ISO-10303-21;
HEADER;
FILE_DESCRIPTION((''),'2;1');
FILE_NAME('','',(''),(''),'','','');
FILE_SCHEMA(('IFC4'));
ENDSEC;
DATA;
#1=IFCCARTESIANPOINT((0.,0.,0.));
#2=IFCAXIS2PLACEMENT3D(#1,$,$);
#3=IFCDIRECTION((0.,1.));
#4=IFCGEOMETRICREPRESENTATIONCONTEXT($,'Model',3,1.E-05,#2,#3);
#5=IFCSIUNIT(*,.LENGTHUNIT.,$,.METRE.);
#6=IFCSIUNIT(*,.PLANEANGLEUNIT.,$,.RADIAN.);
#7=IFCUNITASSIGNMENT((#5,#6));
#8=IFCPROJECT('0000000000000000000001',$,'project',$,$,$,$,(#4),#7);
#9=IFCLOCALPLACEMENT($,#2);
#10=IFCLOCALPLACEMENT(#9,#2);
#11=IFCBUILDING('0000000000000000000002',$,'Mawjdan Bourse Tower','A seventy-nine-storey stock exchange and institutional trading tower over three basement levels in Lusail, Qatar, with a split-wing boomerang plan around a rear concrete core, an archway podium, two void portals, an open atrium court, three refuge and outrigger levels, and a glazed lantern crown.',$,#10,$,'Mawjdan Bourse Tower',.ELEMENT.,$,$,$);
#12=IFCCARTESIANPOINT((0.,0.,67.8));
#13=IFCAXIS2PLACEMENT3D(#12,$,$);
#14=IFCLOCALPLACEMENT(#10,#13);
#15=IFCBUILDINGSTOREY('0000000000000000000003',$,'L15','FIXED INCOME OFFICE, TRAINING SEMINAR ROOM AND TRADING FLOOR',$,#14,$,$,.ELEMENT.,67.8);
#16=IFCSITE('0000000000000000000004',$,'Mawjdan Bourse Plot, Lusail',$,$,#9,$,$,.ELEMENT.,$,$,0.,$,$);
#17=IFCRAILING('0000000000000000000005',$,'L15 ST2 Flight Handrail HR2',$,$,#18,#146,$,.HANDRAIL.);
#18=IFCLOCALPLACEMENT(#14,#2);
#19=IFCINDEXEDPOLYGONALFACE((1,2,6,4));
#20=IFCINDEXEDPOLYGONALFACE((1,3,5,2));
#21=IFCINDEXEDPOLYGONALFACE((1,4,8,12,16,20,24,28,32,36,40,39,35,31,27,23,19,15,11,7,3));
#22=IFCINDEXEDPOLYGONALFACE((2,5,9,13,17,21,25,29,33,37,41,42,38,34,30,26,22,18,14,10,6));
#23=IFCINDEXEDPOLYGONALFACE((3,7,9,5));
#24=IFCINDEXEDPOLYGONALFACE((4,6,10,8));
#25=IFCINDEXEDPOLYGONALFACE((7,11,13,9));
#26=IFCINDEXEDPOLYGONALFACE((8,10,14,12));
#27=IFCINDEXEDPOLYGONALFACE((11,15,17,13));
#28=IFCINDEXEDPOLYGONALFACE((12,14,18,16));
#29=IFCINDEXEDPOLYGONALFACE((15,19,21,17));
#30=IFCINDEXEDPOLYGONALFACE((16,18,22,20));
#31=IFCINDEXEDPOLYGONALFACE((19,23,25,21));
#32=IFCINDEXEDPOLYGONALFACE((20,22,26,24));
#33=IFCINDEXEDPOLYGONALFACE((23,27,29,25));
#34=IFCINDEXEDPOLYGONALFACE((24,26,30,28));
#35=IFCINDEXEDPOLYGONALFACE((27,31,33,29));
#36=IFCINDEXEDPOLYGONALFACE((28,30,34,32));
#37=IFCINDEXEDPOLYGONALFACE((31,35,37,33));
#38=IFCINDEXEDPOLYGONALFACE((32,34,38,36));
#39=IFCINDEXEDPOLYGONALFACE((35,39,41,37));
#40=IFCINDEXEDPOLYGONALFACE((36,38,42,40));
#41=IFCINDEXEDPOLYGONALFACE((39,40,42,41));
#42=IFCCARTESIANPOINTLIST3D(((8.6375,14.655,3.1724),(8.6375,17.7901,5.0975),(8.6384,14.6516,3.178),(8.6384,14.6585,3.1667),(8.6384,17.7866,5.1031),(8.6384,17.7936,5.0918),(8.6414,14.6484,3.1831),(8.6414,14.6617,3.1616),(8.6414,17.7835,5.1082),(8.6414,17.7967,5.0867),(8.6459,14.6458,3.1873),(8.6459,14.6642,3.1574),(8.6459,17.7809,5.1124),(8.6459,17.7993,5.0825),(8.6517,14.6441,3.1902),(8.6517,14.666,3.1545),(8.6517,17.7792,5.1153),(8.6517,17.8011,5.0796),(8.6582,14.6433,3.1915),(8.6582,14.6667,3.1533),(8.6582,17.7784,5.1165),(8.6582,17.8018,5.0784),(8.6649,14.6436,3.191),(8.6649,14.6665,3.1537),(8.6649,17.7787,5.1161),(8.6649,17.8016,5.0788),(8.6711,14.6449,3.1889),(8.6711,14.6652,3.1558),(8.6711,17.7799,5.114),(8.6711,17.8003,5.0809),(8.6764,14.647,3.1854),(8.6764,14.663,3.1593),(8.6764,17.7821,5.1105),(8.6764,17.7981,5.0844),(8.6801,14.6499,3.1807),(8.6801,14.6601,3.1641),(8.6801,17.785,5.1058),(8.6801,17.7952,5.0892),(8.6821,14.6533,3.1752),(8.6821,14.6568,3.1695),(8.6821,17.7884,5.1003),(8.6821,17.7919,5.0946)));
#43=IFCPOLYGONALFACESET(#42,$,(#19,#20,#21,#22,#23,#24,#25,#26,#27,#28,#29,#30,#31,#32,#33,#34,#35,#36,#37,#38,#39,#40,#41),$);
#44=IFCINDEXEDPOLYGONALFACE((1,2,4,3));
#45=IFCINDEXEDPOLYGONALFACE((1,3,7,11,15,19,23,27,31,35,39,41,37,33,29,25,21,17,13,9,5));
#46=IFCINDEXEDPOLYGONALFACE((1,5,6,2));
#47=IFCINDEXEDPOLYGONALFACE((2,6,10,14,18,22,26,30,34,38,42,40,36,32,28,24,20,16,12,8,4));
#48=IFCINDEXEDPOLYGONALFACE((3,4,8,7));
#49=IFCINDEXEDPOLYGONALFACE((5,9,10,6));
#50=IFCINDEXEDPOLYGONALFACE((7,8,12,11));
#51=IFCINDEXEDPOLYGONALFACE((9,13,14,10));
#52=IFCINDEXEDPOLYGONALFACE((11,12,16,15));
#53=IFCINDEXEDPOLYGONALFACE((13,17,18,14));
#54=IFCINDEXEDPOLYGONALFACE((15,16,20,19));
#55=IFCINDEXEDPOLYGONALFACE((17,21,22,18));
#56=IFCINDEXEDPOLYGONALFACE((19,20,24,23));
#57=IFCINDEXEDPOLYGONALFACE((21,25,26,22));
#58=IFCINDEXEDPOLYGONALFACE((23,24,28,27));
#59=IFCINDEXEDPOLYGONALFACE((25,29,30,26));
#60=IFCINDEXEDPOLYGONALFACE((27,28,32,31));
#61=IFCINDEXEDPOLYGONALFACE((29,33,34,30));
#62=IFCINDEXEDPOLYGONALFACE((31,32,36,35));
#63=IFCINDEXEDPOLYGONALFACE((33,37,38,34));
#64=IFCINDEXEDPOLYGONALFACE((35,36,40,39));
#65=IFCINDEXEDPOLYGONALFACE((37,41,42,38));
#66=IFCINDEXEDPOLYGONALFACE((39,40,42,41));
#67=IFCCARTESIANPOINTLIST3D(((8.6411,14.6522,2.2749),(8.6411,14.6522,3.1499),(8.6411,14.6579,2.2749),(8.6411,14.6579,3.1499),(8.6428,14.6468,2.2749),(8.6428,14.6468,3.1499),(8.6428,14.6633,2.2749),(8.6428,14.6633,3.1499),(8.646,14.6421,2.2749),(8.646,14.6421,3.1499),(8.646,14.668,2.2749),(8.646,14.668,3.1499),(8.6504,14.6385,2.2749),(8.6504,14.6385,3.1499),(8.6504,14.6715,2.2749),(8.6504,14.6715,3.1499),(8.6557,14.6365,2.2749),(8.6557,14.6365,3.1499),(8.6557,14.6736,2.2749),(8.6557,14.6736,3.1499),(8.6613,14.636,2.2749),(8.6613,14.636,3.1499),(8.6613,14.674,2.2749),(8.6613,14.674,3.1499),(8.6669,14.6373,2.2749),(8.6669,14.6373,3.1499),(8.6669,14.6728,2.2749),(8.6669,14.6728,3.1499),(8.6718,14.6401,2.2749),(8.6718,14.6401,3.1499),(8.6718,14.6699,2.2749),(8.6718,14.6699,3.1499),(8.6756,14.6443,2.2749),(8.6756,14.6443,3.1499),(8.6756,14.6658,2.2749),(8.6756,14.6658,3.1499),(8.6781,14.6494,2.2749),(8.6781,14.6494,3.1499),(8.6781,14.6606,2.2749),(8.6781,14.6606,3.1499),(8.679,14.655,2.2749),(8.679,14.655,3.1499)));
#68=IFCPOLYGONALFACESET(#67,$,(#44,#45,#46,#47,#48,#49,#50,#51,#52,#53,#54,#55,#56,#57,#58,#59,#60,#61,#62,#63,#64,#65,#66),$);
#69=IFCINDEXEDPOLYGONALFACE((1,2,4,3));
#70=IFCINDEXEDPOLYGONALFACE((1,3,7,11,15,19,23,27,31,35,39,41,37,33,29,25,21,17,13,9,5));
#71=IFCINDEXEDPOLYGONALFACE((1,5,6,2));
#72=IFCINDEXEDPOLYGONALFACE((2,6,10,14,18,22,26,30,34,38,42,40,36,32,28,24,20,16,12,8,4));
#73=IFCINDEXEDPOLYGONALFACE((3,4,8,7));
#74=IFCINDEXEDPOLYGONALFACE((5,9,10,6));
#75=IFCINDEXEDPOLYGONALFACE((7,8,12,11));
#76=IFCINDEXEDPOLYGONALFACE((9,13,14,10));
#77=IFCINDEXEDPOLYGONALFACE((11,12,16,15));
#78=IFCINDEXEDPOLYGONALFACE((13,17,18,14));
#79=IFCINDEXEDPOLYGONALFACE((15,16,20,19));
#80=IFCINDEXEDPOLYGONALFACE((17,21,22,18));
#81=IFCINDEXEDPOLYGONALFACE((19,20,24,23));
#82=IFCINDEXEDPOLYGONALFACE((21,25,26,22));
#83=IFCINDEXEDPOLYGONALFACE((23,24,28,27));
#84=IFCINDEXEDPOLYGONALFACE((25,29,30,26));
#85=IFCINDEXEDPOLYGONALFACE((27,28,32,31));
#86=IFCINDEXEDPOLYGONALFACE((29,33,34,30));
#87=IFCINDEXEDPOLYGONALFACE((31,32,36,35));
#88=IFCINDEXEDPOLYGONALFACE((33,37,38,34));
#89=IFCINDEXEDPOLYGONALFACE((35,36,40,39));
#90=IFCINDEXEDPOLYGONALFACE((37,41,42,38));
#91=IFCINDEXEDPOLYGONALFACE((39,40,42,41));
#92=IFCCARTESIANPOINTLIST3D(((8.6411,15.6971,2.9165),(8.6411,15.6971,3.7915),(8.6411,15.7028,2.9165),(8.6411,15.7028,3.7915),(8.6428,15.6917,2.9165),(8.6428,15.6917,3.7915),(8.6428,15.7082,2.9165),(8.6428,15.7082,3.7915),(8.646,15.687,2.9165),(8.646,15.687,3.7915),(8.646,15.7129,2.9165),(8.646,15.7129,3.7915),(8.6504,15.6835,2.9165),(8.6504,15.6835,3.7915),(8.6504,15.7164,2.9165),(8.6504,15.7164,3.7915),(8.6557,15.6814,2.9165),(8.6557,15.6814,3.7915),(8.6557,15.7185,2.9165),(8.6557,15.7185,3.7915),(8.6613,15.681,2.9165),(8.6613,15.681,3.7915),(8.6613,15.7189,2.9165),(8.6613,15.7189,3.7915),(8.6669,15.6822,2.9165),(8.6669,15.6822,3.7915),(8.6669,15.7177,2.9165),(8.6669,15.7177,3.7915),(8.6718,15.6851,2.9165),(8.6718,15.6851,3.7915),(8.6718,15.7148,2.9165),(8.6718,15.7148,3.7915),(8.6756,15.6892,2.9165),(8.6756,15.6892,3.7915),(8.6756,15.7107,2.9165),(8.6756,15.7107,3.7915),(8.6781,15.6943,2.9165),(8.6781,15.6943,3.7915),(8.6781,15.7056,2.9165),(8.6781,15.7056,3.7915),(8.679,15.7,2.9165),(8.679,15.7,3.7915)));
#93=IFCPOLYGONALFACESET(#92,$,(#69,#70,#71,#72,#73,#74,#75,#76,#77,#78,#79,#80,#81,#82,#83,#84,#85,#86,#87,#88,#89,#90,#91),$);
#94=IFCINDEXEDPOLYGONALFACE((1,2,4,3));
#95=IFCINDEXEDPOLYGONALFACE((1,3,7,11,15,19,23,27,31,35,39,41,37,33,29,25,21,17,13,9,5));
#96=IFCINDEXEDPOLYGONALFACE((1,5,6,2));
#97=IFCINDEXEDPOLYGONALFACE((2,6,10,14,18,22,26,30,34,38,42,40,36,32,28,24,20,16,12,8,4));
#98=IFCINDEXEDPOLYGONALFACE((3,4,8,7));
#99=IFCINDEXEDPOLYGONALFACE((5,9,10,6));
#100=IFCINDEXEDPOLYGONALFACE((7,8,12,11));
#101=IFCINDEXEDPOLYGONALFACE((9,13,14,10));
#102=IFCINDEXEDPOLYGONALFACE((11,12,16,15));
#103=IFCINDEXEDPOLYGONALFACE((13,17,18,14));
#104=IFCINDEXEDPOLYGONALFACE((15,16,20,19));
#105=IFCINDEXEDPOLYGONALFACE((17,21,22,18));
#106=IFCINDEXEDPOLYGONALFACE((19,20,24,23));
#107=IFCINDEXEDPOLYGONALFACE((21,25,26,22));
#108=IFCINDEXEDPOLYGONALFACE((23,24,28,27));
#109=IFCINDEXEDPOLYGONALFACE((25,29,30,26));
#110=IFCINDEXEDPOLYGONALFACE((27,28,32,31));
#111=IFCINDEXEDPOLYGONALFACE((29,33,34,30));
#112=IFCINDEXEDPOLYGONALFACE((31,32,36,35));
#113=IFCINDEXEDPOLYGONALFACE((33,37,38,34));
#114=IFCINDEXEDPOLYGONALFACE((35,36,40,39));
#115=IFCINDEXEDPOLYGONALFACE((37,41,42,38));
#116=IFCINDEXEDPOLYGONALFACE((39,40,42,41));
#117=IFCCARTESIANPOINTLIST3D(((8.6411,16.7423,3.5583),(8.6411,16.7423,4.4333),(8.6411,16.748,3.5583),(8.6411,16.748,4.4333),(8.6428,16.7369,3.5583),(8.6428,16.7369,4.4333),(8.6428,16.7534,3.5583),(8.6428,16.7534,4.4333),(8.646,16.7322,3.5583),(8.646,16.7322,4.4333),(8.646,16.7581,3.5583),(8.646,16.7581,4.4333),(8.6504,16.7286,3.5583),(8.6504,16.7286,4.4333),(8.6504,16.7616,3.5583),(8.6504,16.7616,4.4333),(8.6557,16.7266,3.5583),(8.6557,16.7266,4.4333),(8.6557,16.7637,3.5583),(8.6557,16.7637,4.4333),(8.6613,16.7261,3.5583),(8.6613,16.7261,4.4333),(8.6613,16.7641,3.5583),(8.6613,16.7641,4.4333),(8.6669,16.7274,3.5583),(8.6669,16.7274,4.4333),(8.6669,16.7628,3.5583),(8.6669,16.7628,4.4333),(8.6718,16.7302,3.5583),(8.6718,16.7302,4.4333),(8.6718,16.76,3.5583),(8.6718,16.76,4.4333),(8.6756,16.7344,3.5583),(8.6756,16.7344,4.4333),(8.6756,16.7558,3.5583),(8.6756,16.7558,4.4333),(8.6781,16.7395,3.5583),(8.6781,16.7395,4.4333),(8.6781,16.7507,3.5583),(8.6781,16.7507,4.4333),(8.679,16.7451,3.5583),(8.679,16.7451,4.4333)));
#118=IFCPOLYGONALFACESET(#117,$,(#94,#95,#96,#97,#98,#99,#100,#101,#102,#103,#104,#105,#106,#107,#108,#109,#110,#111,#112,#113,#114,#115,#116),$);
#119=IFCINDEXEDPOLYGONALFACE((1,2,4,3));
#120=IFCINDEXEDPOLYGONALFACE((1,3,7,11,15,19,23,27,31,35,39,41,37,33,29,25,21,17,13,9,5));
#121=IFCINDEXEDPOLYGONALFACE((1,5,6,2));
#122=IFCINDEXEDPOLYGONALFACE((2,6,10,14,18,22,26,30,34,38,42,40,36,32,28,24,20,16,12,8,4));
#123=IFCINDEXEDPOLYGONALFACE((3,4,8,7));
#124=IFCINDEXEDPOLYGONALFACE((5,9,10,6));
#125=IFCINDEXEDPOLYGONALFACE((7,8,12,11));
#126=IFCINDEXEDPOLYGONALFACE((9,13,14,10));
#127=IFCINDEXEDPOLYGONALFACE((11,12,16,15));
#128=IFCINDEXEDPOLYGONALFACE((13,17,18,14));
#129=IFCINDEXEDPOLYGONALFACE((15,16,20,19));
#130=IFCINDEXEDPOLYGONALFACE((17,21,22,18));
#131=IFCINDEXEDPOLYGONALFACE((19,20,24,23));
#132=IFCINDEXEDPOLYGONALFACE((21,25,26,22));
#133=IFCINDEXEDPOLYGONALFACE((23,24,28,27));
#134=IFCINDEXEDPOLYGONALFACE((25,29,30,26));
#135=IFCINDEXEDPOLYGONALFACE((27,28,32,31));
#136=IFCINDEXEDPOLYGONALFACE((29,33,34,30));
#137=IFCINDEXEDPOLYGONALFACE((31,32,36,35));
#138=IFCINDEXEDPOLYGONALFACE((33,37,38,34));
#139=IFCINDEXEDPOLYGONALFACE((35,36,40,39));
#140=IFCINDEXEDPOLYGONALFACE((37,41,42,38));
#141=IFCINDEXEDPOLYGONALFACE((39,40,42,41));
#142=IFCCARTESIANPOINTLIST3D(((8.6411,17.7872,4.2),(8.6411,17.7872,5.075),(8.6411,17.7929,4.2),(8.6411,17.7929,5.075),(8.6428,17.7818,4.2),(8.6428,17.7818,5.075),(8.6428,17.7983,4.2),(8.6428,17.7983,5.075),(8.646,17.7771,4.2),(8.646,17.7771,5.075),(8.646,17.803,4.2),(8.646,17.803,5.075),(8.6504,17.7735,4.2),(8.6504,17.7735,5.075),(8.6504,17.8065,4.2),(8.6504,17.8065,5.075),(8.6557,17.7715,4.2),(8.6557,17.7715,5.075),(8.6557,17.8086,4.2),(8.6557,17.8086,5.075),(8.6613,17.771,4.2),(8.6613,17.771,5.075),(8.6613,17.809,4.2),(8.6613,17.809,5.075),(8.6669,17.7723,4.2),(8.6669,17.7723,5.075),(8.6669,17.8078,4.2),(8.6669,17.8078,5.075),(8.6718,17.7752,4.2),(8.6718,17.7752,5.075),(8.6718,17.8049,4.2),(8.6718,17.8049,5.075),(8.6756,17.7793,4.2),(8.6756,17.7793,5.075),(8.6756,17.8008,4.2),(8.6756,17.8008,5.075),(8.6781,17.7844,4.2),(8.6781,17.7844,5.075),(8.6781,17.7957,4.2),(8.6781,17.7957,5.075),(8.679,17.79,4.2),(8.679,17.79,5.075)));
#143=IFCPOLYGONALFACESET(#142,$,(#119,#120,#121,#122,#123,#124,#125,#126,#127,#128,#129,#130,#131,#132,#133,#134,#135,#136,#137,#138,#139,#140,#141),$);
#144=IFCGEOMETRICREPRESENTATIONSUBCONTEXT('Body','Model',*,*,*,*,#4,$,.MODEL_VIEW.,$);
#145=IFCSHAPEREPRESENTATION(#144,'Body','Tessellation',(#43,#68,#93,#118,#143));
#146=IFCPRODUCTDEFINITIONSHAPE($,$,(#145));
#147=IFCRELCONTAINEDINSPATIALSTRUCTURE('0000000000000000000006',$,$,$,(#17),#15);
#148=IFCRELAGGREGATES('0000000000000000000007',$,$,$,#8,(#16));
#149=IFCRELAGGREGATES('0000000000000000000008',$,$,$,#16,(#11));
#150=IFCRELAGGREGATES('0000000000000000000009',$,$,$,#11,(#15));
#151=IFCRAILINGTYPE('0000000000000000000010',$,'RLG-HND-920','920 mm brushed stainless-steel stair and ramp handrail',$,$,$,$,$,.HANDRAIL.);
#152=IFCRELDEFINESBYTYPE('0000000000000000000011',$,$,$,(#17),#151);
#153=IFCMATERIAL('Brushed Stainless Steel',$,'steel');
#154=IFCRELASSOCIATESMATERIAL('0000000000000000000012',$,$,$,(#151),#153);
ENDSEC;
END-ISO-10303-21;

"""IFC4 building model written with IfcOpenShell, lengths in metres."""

from ifc_helpers import new_model, si_unit, direction, frame, origin, origin_2d, place, context, subcontext, project, spatial, circle, extrude, material, type_object, element, save


model = new_model("IFC4")

# Units and contexts
model_context = context("Model", 3, precision=1e-05, world=origin(), true_north=direction((0.0, 1.0)))
body_context = subcontext(model_context, "Body", "Model", "MODEL_VIEW")
ifc_project = project(units=[si_unit("LENGTHUNIT", "METRE"), si_unit("PLANEANGLEUNIT", "RADIAN")], contexts=[model_context])

# Site, building, storey
site_placement = place(None, origin())
site = spatial("IfcSite", under=ifc_project, at=site_placement, Name="Mawjdan Bourse Plot, Lusail", CompositionType="ELEMENT", RefElevation=0.0)
building_placement = place(site_placement, origin())
building = spatial("IfcBuilding", under=site, at=building_placement, Name="Mawjdan Bourse Tower", Description="A seventy-nine-storey stock exchange and institutional trading tower over three basement levels in Lusail, Qatar, with a split-wing boomerang plan around a rear concrete core, an archway podium, two void portals, an open atrium court, three refuge and outrigger levels, and a glazed lantern crown.", LongName="Mawjdan Bourse Tower", CompositionType="ELEMENT")
storey_placement = place(building_placement, frame((0.0, 0.0, 67.8)))
storey = spatial("IfcBuildingStorey", under=building, at=storey_placement, Name="L15", Description="FIXED INCOME OFFICE, TRAINING SEMINAR ROOM AND TRADING FLOOR", CompositionType="ELEMENT", Elevation=67.8)

# Railing
ifc_material_1 = material(Name="Brushed Stainless Steel", Category="steel")
railing_type_1 = type_object("IfcRailingType", Name="RLG-HND-920", Description="920 mm brushed stainless-steel stair and ramp handrail", PredefinedType="HANDRAIL", material=ifc_material_1)
railing_1_placement = place(storey_placement, frame((8.6599, 14.655, 2.2749)))
element("IfcRailing", 1, at=railing_1_placement, inside=storey, type_object=railing_type_1, Name="L15 ST2 Flight Handrail HR2", PredefinedType="HANDRAIL", context=body_context, shape_type="SweptSolid", body=[
    extrude(circle(Radius=0.0225, at=origin_2d()), frame((0.0, 0.0, 0.8975), z_axis=(0.0, 0.852166, 0.523271), x_axis=(-1.0, 0.0, 0.0)), (0.0, 0.0, 1.0), 3.679),
    extrude(circle(Radius=0.019, at=origin_2d()), origin(), (0.0, 0.0, 1.0), 0.875),
    extrude(circle(Radius=0.019, at=origin_2d()), frame((0.0, 1.0449, 0.6416)), (0.0, 0.0, 1.0), 0.875),
    extrude(circle(Radius=0.019, at=origin_2d()), frame((0.0, 2.0901, 1.2834)), (0.0, 0.0, 1.0), 0.875),
    extrude(circle(Radius=0.019, at=origin_2d()), frame((0.0, 3.135, 1.925)), (0.0, 0.0, 1.0), 0.875),
])

save(model, "model.ifc")
